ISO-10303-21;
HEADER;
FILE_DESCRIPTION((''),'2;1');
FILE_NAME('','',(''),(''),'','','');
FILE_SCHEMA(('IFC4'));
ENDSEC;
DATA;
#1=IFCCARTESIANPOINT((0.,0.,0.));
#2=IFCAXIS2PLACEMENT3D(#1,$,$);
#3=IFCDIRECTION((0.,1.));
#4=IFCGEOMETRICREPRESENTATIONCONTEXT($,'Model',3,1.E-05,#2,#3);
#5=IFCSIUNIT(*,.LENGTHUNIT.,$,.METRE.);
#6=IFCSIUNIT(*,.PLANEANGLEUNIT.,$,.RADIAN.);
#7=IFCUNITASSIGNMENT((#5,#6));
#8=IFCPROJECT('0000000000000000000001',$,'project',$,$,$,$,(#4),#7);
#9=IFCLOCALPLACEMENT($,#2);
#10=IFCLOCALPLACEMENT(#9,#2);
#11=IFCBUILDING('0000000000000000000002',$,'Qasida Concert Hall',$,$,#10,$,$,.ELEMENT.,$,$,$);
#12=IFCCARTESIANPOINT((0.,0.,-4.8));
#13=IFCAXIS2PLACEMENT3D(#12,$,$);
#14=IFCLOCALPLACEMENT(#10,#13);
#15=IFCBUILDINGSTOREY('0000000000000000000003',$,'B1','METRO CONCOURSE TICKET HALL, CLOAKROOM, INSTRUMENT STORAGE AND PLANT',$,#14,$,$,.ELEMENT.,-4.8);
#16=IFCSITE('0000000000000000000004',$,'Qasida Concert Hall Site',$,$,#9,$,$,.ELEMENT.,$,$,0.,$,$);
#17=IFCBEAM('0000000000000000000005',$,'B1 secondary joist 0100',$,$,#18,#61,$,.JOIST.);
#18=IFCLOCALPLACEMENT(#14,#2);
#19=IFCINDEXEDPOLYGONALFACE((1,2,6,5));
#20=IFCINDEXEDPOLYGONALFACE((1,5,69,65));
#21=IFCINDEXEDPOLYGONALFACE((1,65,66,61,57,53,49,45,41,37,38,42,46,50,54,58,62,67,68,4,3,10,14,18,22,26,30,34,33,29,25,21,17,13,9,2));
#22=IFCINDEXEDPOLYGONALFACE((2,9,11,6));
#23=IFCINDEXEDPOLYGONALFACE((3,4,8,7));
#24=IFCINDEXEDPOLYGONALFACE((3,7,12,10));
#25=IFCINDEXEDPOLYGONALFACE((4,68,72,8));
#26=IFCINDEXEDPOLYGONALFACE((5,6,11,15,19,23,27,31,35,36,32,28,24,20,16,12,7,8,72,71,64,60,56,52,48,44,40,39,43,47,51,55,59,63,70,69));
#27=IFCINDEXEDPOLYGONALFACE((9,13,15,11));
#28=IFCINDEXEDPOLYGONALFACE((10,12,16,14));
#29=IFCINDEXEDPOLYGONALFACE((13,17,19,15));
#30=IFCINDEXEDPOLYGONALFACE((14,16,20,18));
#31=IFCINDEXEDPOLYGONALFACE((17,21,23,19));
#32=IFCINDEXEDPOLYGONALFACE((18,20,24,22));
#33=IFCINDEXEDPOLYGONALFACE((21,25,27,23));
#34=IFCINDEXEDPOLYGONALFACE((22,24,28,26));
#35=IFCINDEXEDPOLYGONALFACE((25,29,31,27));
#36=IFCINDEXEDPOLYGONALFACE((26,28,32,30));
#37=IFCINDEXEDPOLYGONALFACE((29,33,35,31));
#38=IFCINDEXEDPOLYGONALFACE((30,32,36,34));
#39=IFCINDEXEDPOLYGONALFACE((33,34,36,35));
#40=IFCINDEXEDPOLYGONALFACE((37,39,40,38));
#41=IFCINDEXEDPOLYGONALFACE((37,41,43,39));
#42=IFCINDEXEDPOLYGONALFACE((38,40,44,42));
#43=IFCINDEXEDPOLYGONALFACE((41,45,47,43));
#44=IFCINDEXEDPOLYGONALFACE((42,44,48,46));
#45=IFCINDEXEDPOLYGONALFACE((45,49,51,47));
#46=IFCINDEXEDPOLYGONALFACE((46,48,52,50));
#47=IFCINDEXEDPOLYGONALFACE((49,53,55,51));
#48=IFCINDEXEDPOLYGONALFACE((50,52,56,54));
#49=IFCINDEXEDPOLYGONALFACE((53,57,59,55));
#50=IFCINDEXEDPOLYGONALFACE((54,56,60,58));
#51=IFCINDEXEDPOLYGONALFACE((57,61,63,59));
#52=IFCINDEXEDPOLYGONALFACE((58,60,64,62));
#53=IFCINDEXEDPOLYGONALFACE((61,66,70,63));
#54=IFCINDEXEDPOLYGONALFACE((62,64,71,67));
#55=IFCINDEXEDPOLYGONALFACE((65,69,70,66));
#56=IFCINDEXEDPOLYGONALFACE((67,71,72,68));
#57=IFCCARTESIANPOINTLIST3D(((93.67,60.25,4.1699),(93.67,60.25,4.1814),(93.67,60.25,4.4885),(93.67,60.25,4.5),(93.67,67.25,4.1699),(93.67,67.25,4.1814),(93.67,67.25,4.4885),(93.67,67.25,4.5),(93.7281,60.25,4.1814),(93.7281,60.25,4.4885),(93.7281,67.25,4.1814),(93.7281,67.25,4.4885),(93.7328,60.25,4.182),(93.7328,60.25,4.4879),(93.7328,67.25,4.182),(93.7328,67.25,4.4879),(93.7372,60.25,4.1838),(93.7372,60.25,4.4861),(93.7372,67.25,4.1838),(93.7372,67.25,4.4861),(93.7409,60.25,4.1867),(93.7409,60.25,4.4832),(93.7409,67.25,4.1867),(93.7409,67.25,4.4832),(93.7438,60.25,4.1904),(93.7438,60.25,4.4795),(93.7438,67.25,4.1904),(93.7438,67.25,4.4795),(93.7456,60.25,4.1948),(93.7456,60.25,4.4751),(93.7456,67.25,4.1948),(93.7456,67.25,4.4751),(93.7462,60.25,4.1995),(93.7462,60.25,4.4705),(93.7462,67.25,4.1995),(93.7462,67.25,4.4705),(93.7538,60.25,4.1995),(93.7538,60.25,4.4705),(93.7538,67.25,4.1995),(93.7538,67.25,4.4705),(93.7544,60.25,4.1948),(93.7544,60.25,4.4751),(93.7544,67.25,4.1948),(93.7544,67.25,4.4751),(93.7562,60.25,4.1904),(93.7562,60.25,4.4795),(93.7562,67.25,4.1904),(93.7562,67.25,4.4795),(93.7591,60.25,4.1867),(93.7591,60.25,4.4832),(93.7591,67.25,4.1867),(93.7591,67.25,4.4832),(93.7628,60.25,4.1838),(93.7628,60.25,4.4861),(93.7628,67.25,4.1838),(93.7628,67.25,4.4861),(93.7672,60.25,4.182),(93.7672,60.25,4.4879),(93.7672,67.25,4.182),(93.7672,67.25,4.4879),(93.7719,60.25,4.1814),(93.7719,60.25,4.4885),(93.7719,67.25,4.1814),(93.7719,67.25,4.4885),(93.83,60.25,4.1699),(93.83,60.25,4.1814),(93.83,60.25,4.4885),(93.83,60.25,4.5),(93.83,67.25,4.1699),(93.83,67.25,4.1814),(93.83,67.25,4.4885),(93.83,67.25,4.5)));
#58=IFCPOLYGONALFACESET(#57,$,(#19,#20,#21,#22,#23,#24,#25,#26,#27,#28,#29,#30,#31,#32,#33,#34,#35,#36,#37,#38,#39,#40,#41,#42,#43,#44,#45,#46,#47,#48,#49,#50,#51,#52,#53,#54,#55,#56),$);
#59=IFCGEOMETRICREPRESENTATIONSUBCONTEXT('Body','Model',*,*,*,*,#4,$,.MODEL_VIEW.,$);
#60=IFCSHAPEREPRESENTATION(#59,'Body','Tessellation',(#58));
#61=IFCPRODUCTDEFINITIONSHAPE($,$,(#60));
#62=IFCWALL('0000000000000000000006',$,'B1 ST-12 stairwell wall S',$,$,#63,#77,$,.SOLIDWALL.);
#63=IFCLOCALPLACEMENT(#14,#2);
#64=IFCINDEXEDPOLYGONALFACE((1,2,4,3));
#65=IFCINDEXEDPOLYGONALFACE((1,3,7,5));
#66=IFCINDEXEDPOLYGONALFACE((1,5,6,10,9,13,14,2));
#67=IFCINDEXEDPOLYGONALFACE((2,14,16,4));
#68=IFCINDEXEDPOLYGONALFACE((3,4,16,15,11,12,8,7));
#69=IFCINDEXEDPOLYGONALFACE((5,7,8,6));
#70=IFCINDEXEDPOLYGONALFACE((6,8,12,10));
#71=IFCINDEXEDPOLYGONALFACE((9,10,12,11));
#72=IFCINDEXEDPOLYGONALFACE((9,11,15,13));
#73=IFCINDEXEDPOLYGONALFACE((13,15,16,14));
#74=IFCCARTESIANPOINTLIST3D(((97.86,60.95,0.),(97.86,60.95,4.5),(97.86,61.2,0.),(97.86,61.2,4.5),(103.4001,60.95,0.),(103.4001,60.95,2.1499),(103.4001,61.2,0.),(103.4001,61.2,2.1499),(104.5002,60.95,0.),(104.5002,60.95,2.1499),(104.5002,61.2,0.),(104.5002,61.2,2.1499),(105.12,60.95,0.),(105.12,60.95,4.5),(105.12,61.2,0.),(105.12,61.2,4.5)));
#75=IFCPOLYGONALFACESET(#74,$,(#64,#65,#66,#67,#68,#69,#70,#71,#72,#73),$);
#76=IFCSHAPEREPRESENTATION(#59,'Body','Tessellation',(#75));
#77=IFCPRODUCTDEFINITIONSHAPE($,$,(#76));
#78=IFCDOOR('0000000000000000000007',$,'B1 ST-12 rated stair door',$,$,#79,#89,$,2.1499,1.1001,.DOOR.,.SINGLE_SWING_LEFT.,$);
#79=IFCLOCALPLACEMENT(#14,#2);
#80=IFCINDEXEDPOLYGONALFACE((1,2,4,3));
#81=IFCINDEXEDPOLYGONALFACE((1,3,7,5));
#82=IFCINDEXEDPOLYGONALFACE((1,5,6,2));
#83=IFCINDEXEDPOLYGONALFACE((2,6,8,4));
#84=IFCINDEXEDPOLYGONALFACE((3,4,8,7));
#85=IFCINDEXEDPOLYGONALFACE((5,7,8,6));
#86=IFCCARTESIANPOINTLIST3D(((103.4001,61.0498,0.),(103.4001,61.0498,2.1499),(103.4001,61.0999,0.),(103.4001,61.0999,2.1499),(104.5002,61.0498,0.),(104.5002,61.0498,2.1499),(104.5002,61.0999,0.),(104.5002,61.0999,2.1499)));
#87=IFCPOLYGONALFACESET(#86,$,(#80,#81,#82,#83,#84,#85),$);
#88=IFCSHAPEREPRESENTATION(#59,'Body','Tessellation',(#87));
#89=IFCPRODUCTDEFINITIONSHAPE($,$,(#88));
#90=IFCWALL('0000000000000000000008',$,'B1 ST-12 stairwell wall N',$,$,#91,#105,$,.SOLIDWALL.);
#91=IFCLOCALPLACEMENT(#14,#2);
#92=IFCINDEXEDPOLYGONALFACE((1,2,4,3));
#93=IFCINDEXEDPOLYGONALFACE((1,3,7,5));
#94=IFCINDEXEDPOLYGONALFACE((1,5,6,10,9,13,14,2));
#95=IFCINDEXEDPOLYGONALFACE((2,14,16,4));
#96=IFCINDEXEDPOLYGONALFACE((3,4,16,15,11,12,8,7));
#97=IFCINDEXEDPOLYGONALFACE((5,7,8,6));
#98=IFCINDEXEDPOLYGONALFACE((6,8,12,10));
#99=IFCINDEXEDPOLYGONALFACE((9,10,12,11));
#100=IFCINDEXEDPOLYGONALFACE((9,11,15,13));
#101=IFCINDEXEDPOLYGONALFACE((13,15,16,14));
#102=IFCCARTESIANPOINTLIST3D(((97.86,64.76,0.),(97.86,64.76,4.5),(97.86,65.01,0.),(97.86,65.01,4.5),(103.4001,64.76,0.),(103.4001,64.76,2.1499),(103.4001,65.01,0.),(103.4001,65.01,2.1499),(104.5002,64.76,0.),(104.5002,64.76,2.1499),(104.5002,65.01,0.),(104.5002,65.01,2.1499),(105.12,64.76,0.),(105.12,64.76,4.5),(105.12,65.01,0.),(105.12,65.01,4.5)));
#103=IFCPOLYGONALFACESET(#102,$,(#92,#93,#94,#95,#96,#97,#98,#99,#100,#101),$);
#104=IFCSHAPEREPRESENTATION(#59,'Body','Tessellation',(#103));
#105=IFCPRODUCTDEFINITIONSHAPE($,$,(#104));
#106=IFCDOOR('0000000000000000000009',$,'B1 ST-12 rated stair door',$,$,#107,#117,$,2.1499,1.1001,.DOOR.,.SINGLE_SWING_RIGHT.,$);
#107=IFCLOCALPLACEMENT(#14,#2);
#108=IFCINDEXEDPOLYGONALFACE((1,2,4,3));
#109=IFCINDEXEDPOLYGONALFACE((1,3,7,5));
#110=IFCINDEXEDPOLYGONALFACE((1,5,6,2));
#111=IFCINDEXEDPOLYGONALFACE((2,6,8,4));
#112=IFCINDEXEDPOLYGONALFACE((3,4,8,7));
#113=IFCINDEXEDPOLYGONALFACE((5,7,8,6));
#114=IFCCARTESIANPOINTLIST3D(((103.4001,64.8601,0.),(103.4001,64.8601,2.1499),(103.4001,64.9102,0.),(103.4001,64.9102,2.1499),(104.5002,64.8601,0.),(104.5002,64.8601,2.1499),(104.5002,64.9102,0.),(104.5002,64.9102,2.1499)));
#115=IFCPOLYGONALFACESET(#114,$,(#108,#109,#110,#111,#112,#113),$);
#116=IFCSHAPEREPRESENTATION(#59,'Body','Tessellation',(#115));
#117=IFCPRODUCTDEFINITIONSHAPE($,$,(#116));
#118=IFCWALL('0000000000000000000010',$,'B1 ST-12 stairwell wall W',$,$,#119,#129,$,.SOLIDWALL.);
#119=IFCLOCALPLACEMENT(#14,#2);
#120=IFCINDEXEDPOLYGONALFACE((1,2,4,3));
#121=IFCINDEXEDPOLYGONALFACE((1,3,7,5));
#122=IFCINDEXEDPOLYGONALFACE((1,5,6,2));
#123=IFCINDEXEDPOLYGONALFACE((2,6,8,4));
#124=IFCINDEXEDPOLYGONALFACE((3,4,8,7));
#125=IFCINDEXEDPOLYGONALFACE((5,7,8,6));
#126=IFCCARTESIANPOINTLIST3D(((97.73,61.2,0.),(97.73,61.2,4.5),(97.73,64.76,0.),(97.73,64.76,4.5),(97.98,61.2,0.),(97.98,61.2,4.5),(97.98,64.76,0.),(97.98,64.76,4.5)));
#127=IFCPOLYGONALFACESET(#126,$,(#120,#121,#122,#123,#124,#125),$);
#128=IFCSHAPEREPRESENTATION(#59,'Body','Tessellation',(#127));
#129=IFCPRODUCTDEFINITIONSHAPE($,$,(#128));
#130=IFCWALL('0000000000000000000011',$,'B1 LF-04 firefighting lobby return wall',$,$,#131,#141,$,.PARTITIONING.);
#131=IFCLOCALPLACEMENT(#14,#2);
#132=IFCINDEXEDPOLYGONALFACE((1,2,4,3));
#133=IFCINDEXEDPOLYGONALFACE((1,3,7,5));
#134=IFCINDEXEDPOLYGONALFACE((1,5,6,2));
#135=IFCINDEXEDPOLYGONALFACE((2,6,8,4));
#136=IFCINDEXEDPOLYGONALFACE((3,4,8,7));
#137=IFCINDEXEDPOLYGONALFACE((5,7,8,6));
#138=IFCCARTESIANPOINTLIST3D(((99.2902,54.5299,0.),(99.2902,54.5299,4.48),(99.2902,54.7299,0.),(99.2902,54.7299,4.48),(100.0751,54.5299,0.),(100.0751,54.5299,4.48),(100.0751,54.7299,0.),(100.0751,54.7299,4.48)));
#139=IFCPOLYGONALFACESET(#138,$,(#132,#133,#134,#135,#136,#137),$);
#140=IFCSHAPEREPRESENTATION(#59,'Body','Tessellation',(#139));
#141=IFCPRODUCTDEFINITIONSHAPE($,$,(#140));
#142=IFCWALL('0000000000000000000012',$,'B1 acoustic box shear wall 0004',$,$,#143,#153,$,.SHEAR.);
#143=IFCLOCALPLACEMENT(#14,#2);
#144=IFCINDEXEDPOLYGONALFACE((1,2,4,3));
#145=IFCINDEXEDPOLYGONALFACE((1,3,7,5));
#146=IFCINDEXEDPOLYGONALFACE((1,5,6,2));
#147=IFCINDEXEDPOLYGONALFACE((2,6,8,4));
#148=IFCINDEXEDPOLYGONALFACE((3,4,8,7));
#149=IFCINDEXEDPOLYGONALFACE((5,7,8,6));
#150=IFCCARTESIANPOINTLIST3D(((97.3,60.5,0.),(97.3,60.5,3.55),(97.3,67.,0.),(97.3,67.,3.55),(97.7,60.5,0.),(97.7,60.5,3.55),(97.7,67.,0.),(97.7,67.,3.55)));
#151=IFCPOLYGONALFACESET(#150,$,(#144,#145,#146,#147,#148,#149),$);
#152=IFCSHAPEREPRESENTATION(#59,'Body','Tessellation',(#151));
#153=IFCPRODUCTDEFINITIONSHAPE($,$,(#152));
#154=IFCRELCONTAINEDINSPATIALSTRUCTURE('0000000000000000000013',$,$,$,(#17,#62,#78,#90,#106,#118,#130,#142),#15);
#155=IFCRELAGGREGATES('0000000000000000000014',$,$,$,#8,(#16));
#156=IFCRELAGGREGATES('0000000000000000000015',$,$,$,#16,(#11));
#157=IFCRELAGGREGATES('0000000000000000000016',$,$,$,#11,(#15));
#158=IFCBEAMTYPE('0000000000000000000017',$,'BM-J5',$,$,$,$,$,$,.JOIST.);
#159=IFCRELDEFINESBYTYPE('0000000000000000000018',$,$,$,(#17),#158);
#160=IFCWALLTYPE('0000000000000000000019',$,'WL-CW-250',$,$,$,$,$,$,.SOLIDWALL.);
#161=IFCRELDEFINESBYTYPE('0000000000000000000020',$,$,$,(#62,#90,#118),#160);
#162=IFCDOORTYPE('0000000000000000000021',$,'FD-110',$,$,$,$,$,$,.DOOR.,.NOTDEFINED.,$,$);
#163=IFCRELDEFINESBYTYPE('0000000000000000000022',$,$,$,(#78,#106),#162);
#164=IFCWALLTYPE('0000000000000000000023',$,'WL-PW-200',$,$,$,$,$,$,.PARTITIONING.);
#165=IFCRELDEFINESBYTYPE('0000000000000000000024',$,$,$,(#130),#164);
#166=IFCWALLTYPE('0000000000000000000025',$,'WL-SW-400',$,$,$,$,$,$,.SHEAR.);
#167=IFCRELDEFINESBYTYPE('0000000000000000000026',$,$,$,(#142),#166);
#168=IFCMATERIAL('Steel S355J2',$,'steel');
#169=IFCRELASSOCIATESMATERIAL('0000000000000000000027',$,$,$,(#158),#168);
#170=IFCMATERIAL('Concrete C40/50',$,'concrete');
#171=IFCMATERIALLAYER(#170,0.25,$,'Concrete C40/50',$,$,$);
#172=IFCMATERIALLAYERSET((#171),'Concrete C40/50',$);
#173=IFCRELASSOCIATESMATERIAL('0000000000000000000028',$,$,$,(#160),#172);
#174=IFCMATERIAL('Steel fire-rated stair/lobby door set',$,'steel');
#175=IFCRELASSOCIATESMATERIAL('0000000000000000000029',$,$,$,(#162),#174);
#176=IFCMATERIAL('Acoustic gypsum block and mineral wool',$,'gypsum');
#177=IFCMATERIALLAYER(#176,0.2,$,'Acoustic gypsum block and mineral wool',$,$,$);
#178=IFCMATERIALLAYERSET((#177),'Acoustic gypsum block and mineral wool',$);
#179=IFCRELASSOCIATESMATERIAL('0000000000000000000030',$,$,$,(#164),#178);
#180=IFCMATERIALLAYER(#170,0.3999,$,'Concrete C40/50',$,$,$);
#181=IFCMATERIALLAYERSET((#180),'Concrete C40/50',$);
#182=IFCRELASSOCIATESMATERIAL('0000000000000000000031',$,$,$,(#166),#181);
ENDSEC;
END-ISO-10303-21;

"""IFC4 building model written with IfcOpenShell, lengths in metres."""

from ifc_helpers import new_model, si_unit, direction, frame, frame_2d, origin, origin_2d, place, context, subcontext, project, spatial, rectangle, i_section, extrude, material, layer, layer_set, material_profile, profile_set, type_object, element, fill, save


model = new_model("IFC4")

# Units and contexts
model_context = context("Model", 3, precision=1e-05, world=origin(), true_north=direction((0.0, 1.0)))
body_context = subcontext(model_context, "Body", "Model", "MODEL_VIEW")
ifc_project = project(units=[si_unit("LENGTHUNIT", "METRE"), si_unit("PLANEANGLEUNIT", "RADIAN")], contexts=[model_context])

# Site, building, storey
site_placement = place(None, origin())
site = spatial("IfcSite", under=ifc_project, at=site_placement, Name="Qasida Concert Hall Site", CompositionType="ELEMENT", RefElevation=0.0)
building_placement = place(site_placement, origin())
building = spatial("IfcBuilding", under=site, at=building_placement, Name="Qasida Concert Hall", CompositionType="ELEMENT")
storey_placement = place(building_placement, frame((0.0, 0.0, -4.8)))
storey = spatial("IfcBuildingStorey", under=building, at=storey_placement, Name="B1", Description="METRO CONCOURSE TICKET HALL, CLOAKROOM, INSTRUMENT STORAGE AND PLANT", CompositionType="ELEMENT", Elevation=-4.8)

# Shared definitions
ifc_material_1 = material(Name="Concrete C40/50", Category="concrete")

# Beam
ifc_material_2 = material(Name="Steel S355J2", Category="steel")
ifc_material_profile_1 = material_profile(ifc_material_2, i_section(OverallWidth=0.1599, OverallDepth=0.3301, WebThickness=0.0076, FlangeThickness=0.0115, FilletRadius=0.0181, at=origin_2d()), Name="IPE 330")
ifc_profile_set_1 = profile_set([ifc_material_profile_1], Name="Steel S355J2")
beam_type_1 = type_object("IfcBeamType", Name="BM-J5", PredefinedType="JOIST", material=ifc_profile_set_1)
beam_1_placement = place(storey_placement, frame((93.75, 60.25, 4.335), z_axis=(0.0, 1.0, 0.0), x_axis=(-1.0, 0.0, 0.0)))
element("IfcBeam", 1, at=beam_1_placement, inside=storey, type_object=beam_type_1, Name="B1 secondary joist 0100", PredefinedType="JOIST", context=body_context, shape_type="SweptSolid", body=[
    extrude(i_section(OverallWidth=0.1599, OverallDepth=0.3301, WebThickness=0.0076, FlangeThickness=0.0115, FilletRadius=0.0181, at=origin_2d()), origin(), (0.0, 0.0, 1.0), 7.0),
])

# Walls, openings, doors
ifc_layer_1 = layer(ifc_material_1, 0.25, Name="Concrete C40/50")
ifc_layer_set_1 = layer_set([ifc_layer_1], Name="Concrete C40/50")
wall_type_1 = type_object("IfcWallType", Name="WL-CW-250", PredefinedType="SOLIDWALL", material=ifc_layer_set_1)
wall_1_placement = place(storey_placement, frame((97.8601, 61.075, 0.0), z_axis=(0.0, 0.0, 1.0), x_axis=(1.0, 0.0, 0.0)))
wall_1 = element("IfcWall", 2, at=wall_1_placement, inside=storey, type_object=wall_type_1, Name="B1 ST-12 stairwell wall S", PredefinedType="SOLIDWALL", context=body_context, shape_type="SweptSolid", body=[
    extrude(rectangle(XDim=7.26, YDim=0.25, at=frame_2d((3.6299, 0.0))), origin(), (0.0, 0.0, 1.0), 4.5),
])
opening_1_placement = place(wall_1_placement, frame((5.54, 0.0, 0.0)))
opening_1 = element("IfcOpeningElement", 3, at=opening_1_placement, cuts=wall_1, PredefinedType="OPENING", context=body_context, shape_type="SweptSolid", body=[
    extrude(rectangle(XDim=1.1001, YDim=2.1499, at=frame_2d((0.55, 1.075))), frame((0.0, 0.135, 0.0), z_axis=(0.0, -1.0, 0.0), x_axis=(1.0, 0.0, 0.0)), (0.0, 0.0, 1.0), 0.27),
])
ifc_material_3 = material(Name="Steel fire-rated stair/lobby door set", Category="steel")
door_type_1 = type_object("IfcDoorType", Name="FD-110", OperationType="NOTDEFINED", PredefinedType="DOOR", material=ifc_material_3)
door_1_placement = place(opening_1_placement, origin())
door_1 = element("IfcDoor", 4, at=door_1_placement, inside=storey, type_object=door_type_1, Name="B1 ST-12 rated stair door", OperationType="SINGLE_SWING_LEFT", OverallHeight=2.1499, OverallWidth=1.1001, PredefinedType="DOOR", context=body_context, shape_type="SweptSolid", body=[
    extrude(rectangle(XDim=1.1001, YDim=2.1499, at=frame_2d((0.55, 1.075))), frame((0.0, 0.0249, 0.0), z_axis=(0.0, -1.0, 0.0), x_axis=(1.0, 0.0, 0.0)), (0.0, 0.0, 1.0), 0.05),
])
fill(opening_1, door_1)
wall_2_placement = place(storey_placement, frame((97.8601, 64.885, 0.0), z_axis=(0.0, 0.0, 1.0), x_axis=(1.0, 0.0, 0.0)))
wall_2 = element("IfcWall", 5, at=wall_2_placement, inside=storey, type_object=wall_type_1, Name="B1 ST-12 stairwell wall N", PredefinedType="SOLIDWALL", context=body_context, shape_type="SweptSolid", body=[
    extrude(rectangle(XDim=7.26, YDim=0.25, at=frame_2d((3.6299, 0.0))), origin(), (0.0, 0.0, 1.0), 4.5),
])
opening_2_placement = place(wall_2_placement, frame((5.54, 0.0, 0.0)))
opening_2 = element("IfcOpeningElement", 6, at=opening_2_placement, cuts=wall_2, PredefinedType="OPENING", context=body_context, shape_type="SweptSolid", body=[
    extrude(rectangle(XDim=1.1001, YDim=2.1499, at=frame_2d((0.55, 1.075))), frame((0.0, 0.135, 0.0), z_axis=(0.0, -1.0, 0.0), x_axis=(1.0, 0.0, 0.0)), (0.0, 0.0, 1.0), 0.27),
])
door_2_placement = place(opening_2_placement, frame((1.1001, 0.0, 0.0), z_axis=(0.0, 0.0, 1.0), x_axis=(-1.0, 0.0, 0.0)))
door_2 = element("IfcDoor", 7, at=door_2_placement, inside=storey, type_object=door_type_1, Name="B1 ST-12 rated stair door", OperationType="SINGLE_SWING_RIGHT", OverallHeight=2.1499, OverallWidth=1.1001, PredefinedType="DOOR", context=body_context, shape_type="SweptSolid", body=[
    extrude(rectangle(XDim=1.1001, YDim=2.1499, at=frame_2d((0.55, 1.075))), frame((0.0, 0.0249, 0.0), z_axis=(0.0, -1.0, 0.0), x_axis=(1.0, 0.0, 0.0)), (0.0, 0.0, 1.0), 0.05),
])
fill(opening_2, door_2)

# Walls
wall_3_placement = place(storey_placement, frame((97.855, 61.2, 0.0), z_axis=(0.0, 0.0, 1.0), x_axis=(0.0, 1.0, 0.0)))
element("IfcWall", 8, at=wall_3_placement, inside=storey, type_object=wall_type_1, Name="B1 ST-12 stairwell wall W", PredefinedType="SOLIDWALL", context=body_context, shape_type="SweptSolid", body=[
    extrude(rectangle(XDim=3.5601, YDim=0.25, at=frame_2d((1.78, 0.0))), origin(), (0.0, 0.0, 1.0), 4.5),
])
ifc_material_4 = material(Name="Acoustic gypsum block and mineral wool", Category="gypsum")
ifc_layer_2 = layer(ifc_material_4, 0.2, Name="Acoustic gypsum block and mineral wool")
ifc_layer_set_2 = layer_set([ifc_layer_2], Name="Acoustic gypsum block and mineral wool")
wall_type_2 = type_object("IfcWallType", Name="WL-PW-200", PredefinedType="PARTITIONING", material=ifc_layer_set_2)
wall_4_placement = place(storey_placement, frame((99.29, 54.6299, 0.0), z_axis=(0.0, 0.0, 1.0), x_axis=(1.0, 0.0, 0.0)))
element("IfcWall", 9, at=wall_4_placement, inside=storey, type_object=wall_type_2, Name="B1 LF-04 firefighting lobby return wall", PredefinedType="PARTITIONING", context=body_context, shape_type="SweptSolid", body=[
    extrude(rectangle(XDim=0.7849, YDim=0.2, at=frame_2d((0.3926, 0.0))), origin(), (0.0, 0.0, 1.0), 4.48),
])

# Wall
ifc_layer_3 = layer(ifc_material_1, 0.3999, Name="Concrete C40/50")
ifc_layer_set_3 = layer_set([ifc_layer_3], Name="Concrete C40/50")
wall_type_3 = type_object("IfcWallType", Name="WL-SW-400", PredefinedType="SHEAR", material=ifc_layer_set_3)
wall_5_placement = place(storey_placement, frame((97.5, 60.5, 0.0), z_axis=(0.0, 0.0, 1.0), x_axis=(0.0, 1.0, 0.0)))
element("IfcWall", 10, at=wall_5_placement, inside=storey, type_object=wall_type_3, Name="B1 acoustic box shear wall 0004", PredefinedType="SHEAR", context=body_context, shape_type="SweptSolid", body=[
    extrude(rectangle(XDim=6.5, YDim=0.3999, at=frame_2d((3.25, 0.0))), origin(), (0.0, 0.0, 1.0), 3.55),
])

save(model, "model.ifc")
